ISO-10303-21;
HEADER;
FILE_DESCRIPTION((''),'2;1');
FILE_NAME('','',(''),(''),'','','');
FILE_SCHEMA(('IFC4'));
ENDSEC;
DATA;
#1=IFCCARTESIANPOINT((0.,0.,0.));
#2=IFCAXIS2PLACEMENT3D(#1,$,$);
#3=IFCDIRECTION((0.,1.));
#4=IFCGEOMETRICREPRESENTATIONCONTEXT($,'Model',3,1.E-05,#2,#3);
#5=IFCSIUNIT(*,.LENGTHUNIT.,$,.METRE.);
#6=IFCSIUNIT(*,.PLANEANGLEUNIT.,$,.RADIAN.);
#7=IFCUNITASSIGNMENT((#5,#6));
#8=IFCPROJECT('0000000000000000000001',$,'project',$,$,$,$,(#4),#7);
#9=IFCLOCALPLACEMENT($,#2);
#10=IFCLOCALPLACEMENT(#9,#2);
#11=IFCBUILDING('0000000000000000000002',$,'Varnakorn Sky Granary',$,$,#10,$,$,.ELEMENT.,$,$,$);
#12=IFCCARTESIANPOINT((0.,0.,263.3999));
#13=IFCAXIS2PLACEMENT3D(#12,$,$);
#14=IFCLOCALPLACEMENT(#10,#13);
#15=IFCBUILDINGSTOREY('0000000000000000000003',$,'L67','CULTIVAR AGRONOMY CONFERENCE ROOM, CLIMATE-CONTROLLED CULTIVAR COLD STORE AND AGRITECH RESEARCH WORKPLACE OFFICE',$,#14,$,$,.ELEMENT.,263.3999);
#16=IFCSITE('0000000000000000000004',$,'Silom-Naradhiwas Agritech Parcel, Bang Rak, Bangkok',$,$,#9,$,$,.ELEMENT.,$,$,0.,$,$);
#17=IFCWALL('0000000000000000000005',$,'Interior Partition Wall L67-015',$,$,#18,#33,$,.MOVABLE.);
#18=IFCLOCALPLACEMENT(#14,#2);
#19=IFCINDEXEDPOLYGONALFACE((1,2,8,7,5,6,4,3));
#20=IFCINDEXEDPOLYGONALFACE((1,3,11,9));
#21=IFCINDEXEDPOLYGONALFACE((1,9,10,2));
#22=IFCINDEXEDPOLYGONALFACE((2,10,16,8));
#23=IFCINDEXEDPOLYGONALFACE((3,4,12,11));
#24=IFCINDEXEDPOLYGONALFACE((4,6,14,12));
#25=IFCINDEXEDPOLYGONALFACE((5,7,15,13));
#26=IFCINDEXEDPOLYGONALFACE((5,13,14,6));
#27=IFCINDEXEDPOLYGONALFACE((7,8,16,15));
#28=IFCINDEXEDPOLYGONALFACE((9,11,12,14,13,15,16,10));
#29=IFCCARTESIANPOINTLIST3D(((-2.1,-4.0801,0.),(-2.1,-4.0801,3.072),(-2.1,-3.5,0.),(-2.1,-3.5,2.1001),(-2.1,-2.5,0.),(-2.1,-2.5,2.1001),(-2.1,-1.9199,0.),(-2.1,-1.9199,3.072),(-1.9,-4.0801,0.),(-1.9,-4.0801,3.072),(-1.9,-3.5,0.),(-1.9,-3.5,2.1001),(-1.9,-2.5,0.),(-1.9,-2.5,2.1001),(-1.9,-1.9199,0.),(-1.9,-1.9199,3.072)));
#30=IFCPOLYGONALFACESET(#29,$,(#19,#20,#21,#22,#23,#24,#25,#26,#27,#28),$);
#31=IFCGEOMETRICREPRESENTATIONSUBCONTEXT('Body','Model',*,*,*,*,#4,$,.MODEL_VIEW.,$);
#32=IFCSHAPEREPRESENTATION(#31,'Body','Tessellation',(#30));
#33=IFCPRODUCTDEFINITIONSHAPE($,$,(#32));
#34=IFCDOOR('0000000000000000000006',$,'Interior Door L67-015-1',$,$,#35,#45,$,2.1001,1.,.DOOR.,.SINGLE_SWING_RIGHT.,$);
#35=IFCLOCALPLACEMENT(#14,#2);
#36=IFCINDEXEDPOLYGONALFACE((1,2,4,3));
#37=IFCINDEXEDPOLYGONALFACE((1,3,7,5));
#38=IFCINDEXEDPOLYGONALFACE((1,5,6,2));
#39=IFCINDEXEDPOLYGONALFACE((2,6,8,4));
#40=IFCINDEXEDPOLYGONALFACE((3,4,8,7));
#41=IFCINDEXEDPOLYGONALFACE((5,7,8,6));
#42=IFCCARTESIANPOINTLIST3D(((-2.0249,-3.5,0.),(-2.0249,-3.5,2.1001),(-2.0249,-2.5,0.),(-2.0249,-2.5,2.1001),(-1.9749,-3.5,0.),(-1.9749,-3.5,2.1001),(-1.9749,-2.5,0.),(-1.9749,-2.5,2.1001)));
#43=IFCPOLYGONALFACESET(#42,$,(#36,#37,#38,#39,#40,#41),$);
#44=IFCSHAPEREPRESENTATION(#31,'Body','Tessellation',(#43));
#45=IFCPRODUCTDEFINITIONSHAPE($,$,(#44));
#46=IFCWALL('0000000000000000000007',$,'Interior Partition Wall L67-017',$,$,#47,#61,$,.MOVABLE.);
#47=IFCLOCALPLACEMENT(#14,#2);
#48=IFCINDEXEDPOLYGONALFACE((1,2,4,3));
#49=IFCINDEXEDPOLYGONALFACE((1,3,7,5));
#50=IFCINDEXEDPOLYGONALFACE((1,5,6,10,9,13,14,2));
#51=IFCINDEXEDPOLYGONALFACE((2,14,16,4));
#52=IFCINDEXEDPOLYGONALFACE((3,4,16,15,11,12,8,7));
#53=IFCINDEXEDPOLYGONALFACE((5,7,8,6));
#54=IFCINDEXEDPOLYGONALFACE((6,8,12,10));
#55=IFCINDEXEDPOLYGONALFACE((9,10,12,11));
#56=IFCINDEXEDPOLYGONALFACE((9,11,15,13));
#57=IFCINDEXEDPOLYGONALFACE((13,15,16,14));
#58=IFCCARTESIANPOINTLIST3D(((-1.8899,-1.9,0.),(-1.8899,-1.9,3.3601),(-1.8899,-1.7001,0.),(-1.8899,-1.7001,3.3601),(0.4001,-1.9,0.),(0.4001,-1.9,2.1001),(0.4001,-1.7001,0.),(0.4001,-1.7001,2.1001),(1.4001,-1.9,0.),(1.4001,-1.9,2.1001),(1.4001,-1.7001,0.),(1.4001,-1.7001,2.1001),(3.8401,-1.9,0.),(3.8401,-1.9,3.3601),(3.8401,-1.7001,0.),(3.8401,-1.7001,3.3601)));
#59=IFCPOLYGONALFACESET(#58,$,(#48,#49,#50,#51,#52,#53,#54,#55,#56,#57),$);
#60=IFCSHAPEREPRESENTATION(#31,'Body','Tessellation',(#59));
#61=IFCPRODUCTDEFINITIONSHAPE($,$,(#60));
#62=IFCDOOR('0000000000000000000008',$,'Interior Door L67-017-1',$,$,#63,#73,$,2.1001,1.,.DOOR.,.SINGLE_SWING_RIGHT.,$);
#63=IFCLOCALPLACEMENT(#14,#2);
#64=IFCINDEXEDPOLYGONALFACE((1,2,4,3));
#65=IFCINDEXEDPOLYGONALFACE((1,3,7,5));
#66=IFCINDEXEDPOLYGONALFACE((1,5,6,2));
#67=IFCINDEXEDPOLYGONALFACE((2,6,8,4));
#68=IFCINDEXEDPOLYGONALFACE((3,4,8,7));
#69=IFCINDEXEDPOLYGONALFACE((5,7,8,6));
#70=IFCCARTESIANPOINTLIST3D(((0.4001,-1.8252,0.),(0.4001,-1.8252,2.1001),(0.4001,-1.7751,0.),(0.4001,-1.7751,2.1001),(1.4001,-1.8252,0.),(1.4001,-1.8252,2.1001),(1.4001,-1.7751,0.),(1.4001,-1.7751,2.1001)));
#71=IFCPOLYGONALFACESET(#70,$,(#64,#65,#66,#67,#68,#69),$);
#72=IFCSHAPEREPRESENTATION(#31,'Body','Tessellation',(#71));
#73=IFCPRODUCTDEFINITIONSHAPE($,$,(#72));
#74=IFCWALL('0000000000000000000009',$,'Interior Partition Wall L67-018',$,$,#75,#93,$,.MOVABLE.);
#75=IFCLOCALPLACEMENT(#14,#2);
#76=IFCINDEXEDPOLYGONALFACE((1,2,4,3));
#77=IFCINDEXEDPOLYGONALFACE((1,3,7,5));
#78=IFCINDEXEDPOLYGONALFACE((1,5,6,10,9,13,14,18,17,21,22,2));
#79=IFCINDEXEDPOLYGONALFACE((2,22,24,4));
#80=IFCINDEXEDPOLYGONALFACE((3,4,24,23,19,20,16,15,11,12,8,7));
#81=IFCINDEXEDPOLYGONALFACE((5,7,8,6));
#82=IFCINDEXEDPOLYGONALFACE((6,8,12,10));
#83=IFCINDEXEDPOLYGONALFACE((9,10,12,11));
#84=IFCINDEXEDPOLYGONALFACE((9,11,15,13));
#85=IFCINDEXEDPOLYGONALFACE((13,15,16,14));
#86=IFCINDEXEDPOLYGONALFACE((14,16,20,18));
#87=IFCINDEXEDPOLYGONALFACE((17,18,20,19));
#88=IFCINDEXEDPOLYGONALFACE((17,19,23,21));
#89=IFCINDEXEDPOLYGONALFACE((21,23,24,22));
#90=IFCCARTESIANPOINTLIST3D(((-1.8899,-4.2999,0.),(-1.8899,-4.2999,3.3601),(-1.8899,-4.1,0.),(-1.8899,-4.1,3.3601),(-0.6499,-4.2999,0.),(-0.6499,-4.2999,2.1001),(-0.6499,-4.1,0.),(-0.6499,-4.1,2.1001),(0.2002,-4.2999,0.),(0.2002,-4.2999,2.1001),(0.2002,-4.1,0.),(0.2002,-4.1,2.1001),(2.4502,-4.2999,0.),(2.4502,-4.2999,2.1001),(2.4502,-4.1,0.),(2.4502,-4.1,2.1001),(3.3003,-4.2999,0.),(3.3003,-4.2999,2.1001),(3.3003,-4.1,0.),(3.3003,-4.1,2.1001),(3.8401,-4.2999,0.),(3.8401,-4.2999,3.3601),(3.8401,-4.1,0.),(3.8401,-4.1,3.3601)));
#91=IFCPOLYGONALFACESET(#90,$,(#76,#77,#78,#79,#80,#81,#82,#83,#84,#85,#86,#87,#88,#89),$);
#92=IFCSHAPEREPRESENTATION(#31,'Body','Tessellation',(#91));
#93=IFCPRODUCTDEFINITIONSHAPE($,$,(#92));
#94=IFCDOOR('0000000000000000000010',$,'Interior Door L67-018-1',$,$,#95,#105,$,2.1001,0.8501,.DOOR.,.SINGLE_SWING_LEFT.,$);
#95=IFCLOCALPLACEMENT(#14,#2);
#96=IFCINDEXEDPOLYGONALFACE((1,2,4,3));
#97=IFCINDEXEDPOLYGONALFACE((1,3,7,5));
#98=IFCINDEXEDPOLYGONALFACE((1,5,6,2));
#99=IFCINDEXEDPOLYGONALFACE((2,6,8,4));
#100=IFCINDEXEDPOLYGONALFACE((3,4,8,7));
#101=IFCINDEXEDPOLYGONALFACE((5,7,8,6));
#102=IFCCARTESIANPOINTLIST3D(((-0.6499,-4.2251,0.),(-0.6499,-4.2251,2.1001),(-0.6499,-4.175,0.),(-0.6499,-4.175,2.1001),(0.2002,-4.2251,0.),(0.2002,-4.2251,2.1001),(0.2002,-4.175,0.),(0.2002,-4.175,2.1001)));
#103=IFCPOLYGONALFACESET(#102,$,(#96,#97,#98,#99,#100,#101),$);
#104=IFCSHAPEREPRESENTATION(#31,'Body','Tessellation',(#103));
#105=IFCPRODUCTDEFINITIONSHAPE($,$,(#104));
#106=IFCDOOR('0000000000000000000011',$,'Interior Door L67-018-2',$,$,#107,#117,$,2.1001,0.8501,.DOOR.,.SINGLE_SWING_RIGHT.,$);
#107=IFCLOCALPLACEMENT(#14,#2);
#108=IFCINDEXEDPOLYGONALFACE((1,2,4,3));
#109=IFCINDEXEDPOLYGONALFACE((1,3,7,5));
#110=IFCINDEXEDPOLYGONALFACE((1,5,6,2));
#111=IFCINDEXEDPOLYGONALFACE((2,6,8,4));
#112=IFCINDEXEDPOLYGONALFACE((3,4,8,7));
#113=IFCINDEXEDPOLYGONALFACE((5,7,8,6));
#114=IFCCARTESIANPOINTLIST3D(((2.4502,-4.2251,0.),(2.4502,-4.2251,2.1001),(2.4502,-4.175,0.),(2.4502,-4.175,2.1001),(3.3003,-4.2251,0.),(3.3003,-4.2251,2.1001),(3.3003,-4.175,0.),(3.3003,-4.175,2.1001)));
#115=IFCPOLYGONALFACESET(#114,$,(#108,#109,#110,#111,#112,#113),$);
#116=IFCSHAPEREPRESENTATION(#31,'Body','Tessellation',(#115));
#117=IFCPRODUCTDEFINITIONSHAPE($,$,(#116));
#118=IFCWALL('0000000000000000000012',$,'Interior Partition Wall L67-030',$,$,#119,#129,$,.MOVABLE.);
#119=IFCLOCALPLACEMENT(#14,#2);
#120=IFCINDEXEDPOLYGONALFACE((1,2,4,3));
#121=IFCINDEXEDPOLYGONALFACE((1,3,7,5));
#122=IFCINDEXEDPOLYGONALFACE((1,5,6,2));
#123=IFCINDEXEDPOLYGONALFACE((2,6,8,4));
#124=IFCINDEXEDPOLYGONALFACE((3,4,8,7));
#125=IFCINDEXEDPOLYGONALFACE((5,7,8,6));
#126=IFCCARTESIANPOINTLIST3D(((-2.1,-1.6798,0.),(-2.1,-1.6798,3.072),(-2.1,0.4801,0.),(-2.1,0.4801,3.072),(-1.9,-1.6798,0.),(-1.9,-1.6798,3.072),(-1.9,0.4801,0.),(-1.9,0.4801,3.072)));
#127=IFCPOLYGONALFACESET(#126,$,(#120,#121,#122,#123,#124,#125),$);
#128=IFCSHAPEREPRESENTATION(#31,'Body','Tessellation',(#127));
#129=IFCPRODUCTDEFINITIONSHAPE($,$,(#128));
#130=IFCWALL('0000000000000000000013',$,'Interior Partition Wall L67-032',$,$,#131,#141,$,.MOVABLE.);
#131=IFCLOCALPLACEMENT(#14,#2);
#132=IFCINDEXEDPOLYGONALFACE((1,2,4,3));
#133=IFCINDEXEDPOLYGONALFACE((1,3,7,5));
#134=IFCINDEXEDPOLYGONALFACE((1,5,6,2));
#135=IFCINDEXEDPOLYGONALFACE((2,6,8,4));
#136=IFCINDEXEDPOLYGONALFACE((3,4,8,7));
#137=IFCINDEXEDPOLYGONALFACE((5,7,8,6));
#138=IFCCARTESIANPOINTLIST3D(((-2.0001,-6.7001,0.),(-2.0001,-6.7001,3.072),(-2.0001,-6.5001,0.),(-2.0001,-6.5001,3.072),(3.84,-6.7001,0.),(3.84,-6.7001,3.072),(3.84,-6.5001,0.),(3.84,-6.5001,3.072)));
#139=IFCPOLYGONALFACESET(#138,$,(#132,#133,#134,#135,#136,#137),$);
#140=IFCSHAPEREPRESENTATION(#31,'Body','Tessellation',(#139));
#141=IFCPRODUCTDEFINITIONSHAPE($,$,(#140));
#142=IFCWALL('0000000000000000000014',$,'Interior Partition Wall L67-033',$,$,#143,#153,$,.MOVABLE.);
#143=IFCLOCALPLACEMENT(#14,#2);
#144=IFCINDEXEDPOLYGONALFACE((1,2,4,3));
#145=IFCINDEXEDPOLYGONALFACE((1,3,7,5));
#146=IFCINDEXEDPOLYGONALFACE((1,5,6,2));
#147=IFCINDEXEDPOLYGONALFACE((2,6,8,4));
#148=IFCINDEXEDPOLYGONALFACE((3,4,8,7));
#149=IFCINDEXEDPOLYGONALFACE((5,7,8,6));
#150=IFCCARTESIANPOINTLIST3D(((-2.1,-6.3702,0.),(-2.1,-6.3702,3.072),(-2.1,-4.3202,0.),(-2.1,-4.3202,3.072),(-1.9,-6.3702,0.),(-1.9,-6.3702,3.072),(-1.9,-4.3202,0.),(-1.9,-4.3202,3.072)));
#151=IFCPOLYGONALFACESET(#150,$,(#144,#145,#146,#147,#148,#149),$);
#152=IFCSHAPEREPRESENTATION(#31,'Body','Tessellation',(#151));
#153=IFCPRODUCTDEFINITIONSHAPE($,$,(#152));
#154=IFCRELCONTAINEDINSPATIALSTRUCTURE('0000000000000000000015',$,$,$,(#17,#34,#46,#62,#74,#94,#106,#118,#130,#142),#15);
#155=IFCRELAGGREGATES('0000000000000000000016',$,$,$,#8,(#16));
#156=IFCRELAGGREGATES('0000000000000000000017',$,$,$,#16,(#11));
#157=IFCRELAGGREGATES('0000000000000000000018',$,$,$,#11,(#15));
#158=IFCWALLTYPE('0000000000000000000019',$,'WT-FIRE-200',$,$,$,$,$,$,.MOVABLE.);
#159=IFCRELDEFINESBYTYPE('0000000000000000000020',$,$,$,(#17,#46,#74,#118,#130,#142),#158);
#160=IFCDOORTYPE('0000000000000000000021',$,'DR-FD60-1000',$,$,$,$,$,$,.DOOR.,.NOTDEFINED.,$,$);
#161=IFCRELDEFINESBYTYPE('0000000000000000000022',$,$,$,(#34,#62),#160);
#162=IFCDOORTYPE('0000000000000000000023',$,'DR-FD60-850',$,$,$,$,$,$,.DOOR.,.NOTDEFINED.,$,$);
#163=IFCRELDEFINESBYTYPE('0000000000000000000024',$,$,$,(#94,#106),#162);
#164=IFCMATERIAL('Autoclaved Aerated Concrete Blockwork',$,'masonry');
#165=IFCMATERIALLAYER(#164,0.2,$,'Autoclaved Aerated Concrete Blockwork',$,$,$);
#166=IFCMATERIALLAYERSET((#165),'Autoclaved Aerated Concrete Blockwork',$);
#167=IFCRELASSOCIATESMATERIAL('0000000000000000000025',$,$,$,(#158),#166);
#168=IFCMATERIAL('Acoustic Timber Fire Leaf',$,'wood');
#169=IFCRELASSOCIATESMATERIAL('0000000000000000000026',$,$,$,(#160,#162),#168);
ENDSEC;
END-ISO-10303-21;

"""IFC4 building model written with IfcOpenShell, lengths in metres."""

from ifc_helpers import new_model, si_unit, direction, frame, frame_2d, origin, place, context, subcontext, project, spatial, rectangle, extrude, material, layer, layer_set, type_object, element, fill, save


model = new_model("IFC4")

# Units and contexts
model_context = context("Model", 3, precision=1e-05, world=origin(), true_north=direction((0.0, 1.0)))
body_context = subcontext(model_context, "Body", "Model", "MODEL_VIEW")
ifc_project = project(units=[si_unit("LENGTHUNIT", "METRE"), si_unit("PLANEANGLEUNIT", "RADIAN")], contexts=[model_context])

# Site, building, storey
site_placement = place(None, origin())
site = spatial("IfcSite", under=ifc_project, at=site_placement, Name="Silom-Naradhiwas Agritech Parcel, Bang Rak, Bangkok", CompositionType="ELEMENT", RefElevation=0.0)
building_placement = place(site_placement, origin())
building = spatial("IfcBuilding", under=site, at=building_placement, Name="Varnakorn Sky Granary", CompositionType="ELEMENT")
storey_placement = place(building_placement, frame((0.0, 0.0, 263.3999)))
storey = spatial("IfcBuildingStorey", under=building, at=storey_placement, Name="L67", Description="CULTIVAR AGRONOMY CONFERENCE ROOM, CLIMATE-CONTROLLED CULTIVAR COLD STORE AND AGRITECH RESEARCH WORKPLACE OFFICE", CompositionType="ELEMENT", Elevation=263.3999)

# Walls, openings, doors
ifc_material_1 = material(Name="Autoclaved Aerated Concrete Blockwork", Category="masonry")
ifc_layer_1 = layer(ifc_material_1, 0.2, Name="Autoclaved Aerated Concrete Blockwork")
ifc_layer_set_1 = layer_set([ifc_layer_1], Name="Autoclaved Aerated Concrete Blockwork")
wall_type_1 = type_object("IfcWallType", Name="WT-FIRE-200", PredefinedType="MOVABLE", material=ifc_layer_set_1)
wall_1_placement = place(storey_placement, frame((-2.0, -4.0801, 0.0), z_axis=(0.0, 0.0, 1.0), x_axis=(0.0, 1.0, 0.0)))
wall_1 = element("IfcWall", 1, at=wall_1_placement, inside=storey, type_object=wall_type_1, Name="Interior Partition Wall L67-015", PredefinedType="MOVABLE", context=body_context, shape_type="SweptSolid", body=[
    extrude(rectangle(XDim=2.1602, YDim=0.2, at=frame_2d((1.0801, 0.0))), origin(), (0.0, 0.0, 1.0), 3.072),
])
opening_1_placement = place(wall_1_placement, frame((0.5801, 0.0, 0.0)))
opening_1 = element("IfcOpeningElement", 2, at=opening_1_placement, cuts=wall_1, PredefinedType="OPENING", context=body_context, shape_type="SweptSolid", body=[
    extrude(rectangle(XDim=1.0, YDim=2.1001, at=frame_2d((0.5, 1.05))), frame((0.0, 0.1099, 0.0), z_axis=(0.0, -1.0, 0.0), x_axis=(1.0, 0.0, 0.0)), (0.0, 0.0, 1.0), 0.22),
])
ifc_material_2 = material(Name="Acoustic Timber Fire Leaf", Category="wood")
door_type_1 = type_object("IfcDoorType", Name="DR-FD60-1000", OperationType="NOTDEFINED", PredefinedType="DOOR", material=ifc_material_2)
door_1_placement = place(opening_1_placement, origin())
door_1 = element("IfcDoor", 3, at=door_1_placement, inside=storey, type_object=door_type_1, Name="Interior Door L67-015-1", OperationType="SINGLE_SWING_RIGHT", OverallHeight=2.1001, OverallWidth=1.0, PredefinedType="DOOR", context=body_context, shape_type="SweptSolid", body=[
    extrude(rectangle(XDim=1.0, YDim=2.1001, at=frame_2d((0.5, 1.05))), frame((0.0, 0.0249, 0.0), z_axis=(0.0, -1.0, 0.0), x_axis=(1.0, 0.0, 0.0)), (0.0, 0.0, 1.0), 0.05),
])
fill(opening_1, door_1)
wall_2_placement = place(storey_placement, frame((-1.8899, -1.8, 0.0), z_axis=(0.0, 0.0, 1.0), x_axis=(1.0, 0.0, 0.0)))
wall_2 = element("IfcWall", 4, at=wall_2_placement, inside=storey, type_object=wall_type_1, Name="Interior Partition Wall L67-017", PredefinedType="MOVABLE", context=body_context, shape_type="SweptSolid", body=[
    extrude(rectangle(XDim=5.73, YDim=0.2, at=frame_2d((2.865, 0.0))), origin(), (0.0, 0.0, 1.0), 3.3601),
])
opening_2_placement = place(wall_2_placement, frame((2.29, 0.0, 0.0)))
opening_2 = element("IfcOpeningElement", 5, at=opening_2_placement, cuts=wall_2, PredefinedType="OPENING", context=body_context, shape_type="SweptSolid", body=[
    extrude(rectangle(XDim=1.0, YDim=2.1001, at=frame_2d((0.5, 1.05))), frame((0.0, 0.1099, 0.0), z_axis=(0.0, -1.0, 0.0), x_axis=(1.0, 0.0, 0.0)), (0.0, 0.0, 1.0), 0.22),
])
door_2_placement = place(opening_2_placement, origin())
door_2 = element("IfcDoor", 6, at=door_2_placement, inside=storey, type_object=door_type_1, Name="Interior Door L67-017-1", OperationType="SINGLE_SWING_RIGHT", OverallHeight=2.1001, OverallWidth=1.0, PredefinedType="DOOR", context=body_context, shape_type="SweptSolid", body=[
    extrude(rectangle(XDim=1.0, YDim=2.1001, at=frame_2d((0.5, 1.05))), frame((0.0, 0.0249, 0.0), z_axis=(0.0, -1.0, 0.0), x_axis=(1.0, 0.0, 0.0)), (0.0, 0.0, 1.0), 0.05),
])
fill(opening_2, door_2)

# Wall, openings, doors
wall_3_placement = place(storey_placement, frame((-1.8899, -4.2, 0.0), z_axis=(0.0, 0.0, 1.0), x_axis=(1.0, 0.0, 0.0)))
wall_3 = element("IfcWall", 7, at=wall_3_placement, inside=storey, type_object=wall_type_1, Name="Interior Partition Wall L67-018", PredefinedType="MOVABLE", context=body_context, shape_type="SweptSolid", body=[
    extrude(rectangle(XDim=5.73, YDim=0.2, at=frame_2d((2.865, 0.0))), origin(), (0.0, 0.0, 1.0), 3.3601),
])
opening_3_placement = place(wall_3_placement, frame((1.24, 0.0, 0.0)))
opening_3 = element("IfcOpeningElement", 8, at=opening_3_placement, cuts=wall_3, PredefinedType="OPENING", context=body_context, shape_type="SweptSolid", body=[
    extrude(rectangle(XDim=0.8501, YDim=2.1001, at=frame_2d((0.425, 1.05))), frame((0.0, 0.1099, 0.0), z_axis=(0.0, -1.0, 0.0), x_axis=(1.0, 0.0, 0.0)), (0.0, 0.0, 1.0), 0.22),
])
opening_4_placement = place(wall_3_placement, frame((4.3401, 0.0, 0.0)))
opening_4 = element("IfcOpeningElement", 9, at=opening_4_placement, cuts=wall_3, PredefinedType="OPENING", context=body_context, shape_type="SweptSolid", body=[
    extrude(rectangle(XDim=0.8501, YDim=2.1001, at=frame_2d((0.425, 1.05))), frame((0.0, 0.1099, 0.0), z_axis=(0.0, -1.0, 0.0), x_axis=(1.0, 0.0, 0.0)), (0.0, 0.0, 1.0), 0.22),
])
door_type_2 = type_object("IfcDoorType", Name="DR-FD60-850", OperationType="NOTDEFINED", PredefinedType="DOOR", material=ifc_material_2)
door_3_placement = place(opening_3_placement, origin())
door_3 = element("IfcDoor", 10, at=door_3_placement, inside=storey, type_object=door_type_2, Name="Interior Door L67-018-1", OperationType="SINGLE_SWING_LEFT", OverallHeight=2.1001, OverallWidth=0.8501, PredefinedType="DOOR", context=body_context, shape_type="SweptSolid", body=[
    extrude(rectangle(XDim=0.8501, YDim=2.1001, at=frame_2d((0.425, 1.05))), frame((0.0, 0.0249, 0.0), z_axis=(0.0, -1.0, 0.0), x_axis=(1.0, 0.0, 0.0)), (0.0, 0.0, 1.0), 0.05),
])
fill(opening_3, door_3)
door_4_placement = place(opening_4_placement, origin())
door_4 = element("IfcDoor", 11, at=door_4_placement, inside=storey, type_object=door_type_2, Name="Interior Door L67-018-2", OperationType="SINGLE_SWING_RIGHT", OverallHeight=2.1001, OverallWidth=0.8501, PredefinedType="DOOR", context=body_context, shape_type="SweptSolid", body=[
    extrude(rectangle(XDim=0.8501, YDim=2.1001, at=frame_2d((0.425, 1.05))), frame((0.0, 0.0249, 0.0), z_axis=(0.0, -1.0, 0.0), x_axis=(1.0, 0.0, 0.0)), (0.0, 0.0, 1.0), 0.05),
])
fill(opening_4, door_4)

# Walls
wall_4_placement = place(storey_placement, frame((-2.0, -1.6799, 0.0), z_axis=(0.0, 0.0, 1.0), x_axis=(0.0, 1.0, 0.0)))
element("IfcWall", 12, at=wall_4_placement, inside=storey, type_object=wall_type_1, Name="Interior Partition Wall L67-030", PredefinedType="MOVABLE", context=body_context, shape_type="SweptSolid", body=[
    extrude(rectangle(XDim=2.1599, YDim=0.2, at=frame_2d((1.0801, 0.0))), origin(), (0.0, 0.0, 1.0), 3.072),
])
wall_5_placement = place(storey_placement, frame((-2.0, -6.6001, 0.0), z_axis=(0.0, 0.0, 1.0), x_axis=(1.0, 0.0, 0.0)))
element("IfcWall", 13, at=wall_5_placement, inside=storey, type_object=wall_type_1, Name="Interior Partition Wall L67-032", PredefinedType="MOVABLE", context=body_context, shape_type="SweptSolid", body=[
    extrude(rectangle(XDim=5.8401, YDim=0.2, at=frame_2d((2.9199, 0.0))), origin(), (0.0, 0.0, 1.0), 3.072),
])
wall_6_placement = place(storey_placement, frame((-2.0, -6.3701, 0.0), z_axis=(0.0, 0.0, 1.0), x_axis=(0.0, 1.0, 0.0)))
element("IfcWall", 14, at=wall_6_placement, inside=storey, type_object=wall_type_1, Name="Interior Partition Wall L67-033", PredefinedType="MOVABLE", context=body_context, shape_type="SweptSolid", body=[
    extrude(rectangle(XDim=2.05, YDim=0.2, at=frame_2d((1.0249, 0.0))), origin(), (0.0, 0.0, 1.0), 3.072),
])

save(model, "model.ifc")
